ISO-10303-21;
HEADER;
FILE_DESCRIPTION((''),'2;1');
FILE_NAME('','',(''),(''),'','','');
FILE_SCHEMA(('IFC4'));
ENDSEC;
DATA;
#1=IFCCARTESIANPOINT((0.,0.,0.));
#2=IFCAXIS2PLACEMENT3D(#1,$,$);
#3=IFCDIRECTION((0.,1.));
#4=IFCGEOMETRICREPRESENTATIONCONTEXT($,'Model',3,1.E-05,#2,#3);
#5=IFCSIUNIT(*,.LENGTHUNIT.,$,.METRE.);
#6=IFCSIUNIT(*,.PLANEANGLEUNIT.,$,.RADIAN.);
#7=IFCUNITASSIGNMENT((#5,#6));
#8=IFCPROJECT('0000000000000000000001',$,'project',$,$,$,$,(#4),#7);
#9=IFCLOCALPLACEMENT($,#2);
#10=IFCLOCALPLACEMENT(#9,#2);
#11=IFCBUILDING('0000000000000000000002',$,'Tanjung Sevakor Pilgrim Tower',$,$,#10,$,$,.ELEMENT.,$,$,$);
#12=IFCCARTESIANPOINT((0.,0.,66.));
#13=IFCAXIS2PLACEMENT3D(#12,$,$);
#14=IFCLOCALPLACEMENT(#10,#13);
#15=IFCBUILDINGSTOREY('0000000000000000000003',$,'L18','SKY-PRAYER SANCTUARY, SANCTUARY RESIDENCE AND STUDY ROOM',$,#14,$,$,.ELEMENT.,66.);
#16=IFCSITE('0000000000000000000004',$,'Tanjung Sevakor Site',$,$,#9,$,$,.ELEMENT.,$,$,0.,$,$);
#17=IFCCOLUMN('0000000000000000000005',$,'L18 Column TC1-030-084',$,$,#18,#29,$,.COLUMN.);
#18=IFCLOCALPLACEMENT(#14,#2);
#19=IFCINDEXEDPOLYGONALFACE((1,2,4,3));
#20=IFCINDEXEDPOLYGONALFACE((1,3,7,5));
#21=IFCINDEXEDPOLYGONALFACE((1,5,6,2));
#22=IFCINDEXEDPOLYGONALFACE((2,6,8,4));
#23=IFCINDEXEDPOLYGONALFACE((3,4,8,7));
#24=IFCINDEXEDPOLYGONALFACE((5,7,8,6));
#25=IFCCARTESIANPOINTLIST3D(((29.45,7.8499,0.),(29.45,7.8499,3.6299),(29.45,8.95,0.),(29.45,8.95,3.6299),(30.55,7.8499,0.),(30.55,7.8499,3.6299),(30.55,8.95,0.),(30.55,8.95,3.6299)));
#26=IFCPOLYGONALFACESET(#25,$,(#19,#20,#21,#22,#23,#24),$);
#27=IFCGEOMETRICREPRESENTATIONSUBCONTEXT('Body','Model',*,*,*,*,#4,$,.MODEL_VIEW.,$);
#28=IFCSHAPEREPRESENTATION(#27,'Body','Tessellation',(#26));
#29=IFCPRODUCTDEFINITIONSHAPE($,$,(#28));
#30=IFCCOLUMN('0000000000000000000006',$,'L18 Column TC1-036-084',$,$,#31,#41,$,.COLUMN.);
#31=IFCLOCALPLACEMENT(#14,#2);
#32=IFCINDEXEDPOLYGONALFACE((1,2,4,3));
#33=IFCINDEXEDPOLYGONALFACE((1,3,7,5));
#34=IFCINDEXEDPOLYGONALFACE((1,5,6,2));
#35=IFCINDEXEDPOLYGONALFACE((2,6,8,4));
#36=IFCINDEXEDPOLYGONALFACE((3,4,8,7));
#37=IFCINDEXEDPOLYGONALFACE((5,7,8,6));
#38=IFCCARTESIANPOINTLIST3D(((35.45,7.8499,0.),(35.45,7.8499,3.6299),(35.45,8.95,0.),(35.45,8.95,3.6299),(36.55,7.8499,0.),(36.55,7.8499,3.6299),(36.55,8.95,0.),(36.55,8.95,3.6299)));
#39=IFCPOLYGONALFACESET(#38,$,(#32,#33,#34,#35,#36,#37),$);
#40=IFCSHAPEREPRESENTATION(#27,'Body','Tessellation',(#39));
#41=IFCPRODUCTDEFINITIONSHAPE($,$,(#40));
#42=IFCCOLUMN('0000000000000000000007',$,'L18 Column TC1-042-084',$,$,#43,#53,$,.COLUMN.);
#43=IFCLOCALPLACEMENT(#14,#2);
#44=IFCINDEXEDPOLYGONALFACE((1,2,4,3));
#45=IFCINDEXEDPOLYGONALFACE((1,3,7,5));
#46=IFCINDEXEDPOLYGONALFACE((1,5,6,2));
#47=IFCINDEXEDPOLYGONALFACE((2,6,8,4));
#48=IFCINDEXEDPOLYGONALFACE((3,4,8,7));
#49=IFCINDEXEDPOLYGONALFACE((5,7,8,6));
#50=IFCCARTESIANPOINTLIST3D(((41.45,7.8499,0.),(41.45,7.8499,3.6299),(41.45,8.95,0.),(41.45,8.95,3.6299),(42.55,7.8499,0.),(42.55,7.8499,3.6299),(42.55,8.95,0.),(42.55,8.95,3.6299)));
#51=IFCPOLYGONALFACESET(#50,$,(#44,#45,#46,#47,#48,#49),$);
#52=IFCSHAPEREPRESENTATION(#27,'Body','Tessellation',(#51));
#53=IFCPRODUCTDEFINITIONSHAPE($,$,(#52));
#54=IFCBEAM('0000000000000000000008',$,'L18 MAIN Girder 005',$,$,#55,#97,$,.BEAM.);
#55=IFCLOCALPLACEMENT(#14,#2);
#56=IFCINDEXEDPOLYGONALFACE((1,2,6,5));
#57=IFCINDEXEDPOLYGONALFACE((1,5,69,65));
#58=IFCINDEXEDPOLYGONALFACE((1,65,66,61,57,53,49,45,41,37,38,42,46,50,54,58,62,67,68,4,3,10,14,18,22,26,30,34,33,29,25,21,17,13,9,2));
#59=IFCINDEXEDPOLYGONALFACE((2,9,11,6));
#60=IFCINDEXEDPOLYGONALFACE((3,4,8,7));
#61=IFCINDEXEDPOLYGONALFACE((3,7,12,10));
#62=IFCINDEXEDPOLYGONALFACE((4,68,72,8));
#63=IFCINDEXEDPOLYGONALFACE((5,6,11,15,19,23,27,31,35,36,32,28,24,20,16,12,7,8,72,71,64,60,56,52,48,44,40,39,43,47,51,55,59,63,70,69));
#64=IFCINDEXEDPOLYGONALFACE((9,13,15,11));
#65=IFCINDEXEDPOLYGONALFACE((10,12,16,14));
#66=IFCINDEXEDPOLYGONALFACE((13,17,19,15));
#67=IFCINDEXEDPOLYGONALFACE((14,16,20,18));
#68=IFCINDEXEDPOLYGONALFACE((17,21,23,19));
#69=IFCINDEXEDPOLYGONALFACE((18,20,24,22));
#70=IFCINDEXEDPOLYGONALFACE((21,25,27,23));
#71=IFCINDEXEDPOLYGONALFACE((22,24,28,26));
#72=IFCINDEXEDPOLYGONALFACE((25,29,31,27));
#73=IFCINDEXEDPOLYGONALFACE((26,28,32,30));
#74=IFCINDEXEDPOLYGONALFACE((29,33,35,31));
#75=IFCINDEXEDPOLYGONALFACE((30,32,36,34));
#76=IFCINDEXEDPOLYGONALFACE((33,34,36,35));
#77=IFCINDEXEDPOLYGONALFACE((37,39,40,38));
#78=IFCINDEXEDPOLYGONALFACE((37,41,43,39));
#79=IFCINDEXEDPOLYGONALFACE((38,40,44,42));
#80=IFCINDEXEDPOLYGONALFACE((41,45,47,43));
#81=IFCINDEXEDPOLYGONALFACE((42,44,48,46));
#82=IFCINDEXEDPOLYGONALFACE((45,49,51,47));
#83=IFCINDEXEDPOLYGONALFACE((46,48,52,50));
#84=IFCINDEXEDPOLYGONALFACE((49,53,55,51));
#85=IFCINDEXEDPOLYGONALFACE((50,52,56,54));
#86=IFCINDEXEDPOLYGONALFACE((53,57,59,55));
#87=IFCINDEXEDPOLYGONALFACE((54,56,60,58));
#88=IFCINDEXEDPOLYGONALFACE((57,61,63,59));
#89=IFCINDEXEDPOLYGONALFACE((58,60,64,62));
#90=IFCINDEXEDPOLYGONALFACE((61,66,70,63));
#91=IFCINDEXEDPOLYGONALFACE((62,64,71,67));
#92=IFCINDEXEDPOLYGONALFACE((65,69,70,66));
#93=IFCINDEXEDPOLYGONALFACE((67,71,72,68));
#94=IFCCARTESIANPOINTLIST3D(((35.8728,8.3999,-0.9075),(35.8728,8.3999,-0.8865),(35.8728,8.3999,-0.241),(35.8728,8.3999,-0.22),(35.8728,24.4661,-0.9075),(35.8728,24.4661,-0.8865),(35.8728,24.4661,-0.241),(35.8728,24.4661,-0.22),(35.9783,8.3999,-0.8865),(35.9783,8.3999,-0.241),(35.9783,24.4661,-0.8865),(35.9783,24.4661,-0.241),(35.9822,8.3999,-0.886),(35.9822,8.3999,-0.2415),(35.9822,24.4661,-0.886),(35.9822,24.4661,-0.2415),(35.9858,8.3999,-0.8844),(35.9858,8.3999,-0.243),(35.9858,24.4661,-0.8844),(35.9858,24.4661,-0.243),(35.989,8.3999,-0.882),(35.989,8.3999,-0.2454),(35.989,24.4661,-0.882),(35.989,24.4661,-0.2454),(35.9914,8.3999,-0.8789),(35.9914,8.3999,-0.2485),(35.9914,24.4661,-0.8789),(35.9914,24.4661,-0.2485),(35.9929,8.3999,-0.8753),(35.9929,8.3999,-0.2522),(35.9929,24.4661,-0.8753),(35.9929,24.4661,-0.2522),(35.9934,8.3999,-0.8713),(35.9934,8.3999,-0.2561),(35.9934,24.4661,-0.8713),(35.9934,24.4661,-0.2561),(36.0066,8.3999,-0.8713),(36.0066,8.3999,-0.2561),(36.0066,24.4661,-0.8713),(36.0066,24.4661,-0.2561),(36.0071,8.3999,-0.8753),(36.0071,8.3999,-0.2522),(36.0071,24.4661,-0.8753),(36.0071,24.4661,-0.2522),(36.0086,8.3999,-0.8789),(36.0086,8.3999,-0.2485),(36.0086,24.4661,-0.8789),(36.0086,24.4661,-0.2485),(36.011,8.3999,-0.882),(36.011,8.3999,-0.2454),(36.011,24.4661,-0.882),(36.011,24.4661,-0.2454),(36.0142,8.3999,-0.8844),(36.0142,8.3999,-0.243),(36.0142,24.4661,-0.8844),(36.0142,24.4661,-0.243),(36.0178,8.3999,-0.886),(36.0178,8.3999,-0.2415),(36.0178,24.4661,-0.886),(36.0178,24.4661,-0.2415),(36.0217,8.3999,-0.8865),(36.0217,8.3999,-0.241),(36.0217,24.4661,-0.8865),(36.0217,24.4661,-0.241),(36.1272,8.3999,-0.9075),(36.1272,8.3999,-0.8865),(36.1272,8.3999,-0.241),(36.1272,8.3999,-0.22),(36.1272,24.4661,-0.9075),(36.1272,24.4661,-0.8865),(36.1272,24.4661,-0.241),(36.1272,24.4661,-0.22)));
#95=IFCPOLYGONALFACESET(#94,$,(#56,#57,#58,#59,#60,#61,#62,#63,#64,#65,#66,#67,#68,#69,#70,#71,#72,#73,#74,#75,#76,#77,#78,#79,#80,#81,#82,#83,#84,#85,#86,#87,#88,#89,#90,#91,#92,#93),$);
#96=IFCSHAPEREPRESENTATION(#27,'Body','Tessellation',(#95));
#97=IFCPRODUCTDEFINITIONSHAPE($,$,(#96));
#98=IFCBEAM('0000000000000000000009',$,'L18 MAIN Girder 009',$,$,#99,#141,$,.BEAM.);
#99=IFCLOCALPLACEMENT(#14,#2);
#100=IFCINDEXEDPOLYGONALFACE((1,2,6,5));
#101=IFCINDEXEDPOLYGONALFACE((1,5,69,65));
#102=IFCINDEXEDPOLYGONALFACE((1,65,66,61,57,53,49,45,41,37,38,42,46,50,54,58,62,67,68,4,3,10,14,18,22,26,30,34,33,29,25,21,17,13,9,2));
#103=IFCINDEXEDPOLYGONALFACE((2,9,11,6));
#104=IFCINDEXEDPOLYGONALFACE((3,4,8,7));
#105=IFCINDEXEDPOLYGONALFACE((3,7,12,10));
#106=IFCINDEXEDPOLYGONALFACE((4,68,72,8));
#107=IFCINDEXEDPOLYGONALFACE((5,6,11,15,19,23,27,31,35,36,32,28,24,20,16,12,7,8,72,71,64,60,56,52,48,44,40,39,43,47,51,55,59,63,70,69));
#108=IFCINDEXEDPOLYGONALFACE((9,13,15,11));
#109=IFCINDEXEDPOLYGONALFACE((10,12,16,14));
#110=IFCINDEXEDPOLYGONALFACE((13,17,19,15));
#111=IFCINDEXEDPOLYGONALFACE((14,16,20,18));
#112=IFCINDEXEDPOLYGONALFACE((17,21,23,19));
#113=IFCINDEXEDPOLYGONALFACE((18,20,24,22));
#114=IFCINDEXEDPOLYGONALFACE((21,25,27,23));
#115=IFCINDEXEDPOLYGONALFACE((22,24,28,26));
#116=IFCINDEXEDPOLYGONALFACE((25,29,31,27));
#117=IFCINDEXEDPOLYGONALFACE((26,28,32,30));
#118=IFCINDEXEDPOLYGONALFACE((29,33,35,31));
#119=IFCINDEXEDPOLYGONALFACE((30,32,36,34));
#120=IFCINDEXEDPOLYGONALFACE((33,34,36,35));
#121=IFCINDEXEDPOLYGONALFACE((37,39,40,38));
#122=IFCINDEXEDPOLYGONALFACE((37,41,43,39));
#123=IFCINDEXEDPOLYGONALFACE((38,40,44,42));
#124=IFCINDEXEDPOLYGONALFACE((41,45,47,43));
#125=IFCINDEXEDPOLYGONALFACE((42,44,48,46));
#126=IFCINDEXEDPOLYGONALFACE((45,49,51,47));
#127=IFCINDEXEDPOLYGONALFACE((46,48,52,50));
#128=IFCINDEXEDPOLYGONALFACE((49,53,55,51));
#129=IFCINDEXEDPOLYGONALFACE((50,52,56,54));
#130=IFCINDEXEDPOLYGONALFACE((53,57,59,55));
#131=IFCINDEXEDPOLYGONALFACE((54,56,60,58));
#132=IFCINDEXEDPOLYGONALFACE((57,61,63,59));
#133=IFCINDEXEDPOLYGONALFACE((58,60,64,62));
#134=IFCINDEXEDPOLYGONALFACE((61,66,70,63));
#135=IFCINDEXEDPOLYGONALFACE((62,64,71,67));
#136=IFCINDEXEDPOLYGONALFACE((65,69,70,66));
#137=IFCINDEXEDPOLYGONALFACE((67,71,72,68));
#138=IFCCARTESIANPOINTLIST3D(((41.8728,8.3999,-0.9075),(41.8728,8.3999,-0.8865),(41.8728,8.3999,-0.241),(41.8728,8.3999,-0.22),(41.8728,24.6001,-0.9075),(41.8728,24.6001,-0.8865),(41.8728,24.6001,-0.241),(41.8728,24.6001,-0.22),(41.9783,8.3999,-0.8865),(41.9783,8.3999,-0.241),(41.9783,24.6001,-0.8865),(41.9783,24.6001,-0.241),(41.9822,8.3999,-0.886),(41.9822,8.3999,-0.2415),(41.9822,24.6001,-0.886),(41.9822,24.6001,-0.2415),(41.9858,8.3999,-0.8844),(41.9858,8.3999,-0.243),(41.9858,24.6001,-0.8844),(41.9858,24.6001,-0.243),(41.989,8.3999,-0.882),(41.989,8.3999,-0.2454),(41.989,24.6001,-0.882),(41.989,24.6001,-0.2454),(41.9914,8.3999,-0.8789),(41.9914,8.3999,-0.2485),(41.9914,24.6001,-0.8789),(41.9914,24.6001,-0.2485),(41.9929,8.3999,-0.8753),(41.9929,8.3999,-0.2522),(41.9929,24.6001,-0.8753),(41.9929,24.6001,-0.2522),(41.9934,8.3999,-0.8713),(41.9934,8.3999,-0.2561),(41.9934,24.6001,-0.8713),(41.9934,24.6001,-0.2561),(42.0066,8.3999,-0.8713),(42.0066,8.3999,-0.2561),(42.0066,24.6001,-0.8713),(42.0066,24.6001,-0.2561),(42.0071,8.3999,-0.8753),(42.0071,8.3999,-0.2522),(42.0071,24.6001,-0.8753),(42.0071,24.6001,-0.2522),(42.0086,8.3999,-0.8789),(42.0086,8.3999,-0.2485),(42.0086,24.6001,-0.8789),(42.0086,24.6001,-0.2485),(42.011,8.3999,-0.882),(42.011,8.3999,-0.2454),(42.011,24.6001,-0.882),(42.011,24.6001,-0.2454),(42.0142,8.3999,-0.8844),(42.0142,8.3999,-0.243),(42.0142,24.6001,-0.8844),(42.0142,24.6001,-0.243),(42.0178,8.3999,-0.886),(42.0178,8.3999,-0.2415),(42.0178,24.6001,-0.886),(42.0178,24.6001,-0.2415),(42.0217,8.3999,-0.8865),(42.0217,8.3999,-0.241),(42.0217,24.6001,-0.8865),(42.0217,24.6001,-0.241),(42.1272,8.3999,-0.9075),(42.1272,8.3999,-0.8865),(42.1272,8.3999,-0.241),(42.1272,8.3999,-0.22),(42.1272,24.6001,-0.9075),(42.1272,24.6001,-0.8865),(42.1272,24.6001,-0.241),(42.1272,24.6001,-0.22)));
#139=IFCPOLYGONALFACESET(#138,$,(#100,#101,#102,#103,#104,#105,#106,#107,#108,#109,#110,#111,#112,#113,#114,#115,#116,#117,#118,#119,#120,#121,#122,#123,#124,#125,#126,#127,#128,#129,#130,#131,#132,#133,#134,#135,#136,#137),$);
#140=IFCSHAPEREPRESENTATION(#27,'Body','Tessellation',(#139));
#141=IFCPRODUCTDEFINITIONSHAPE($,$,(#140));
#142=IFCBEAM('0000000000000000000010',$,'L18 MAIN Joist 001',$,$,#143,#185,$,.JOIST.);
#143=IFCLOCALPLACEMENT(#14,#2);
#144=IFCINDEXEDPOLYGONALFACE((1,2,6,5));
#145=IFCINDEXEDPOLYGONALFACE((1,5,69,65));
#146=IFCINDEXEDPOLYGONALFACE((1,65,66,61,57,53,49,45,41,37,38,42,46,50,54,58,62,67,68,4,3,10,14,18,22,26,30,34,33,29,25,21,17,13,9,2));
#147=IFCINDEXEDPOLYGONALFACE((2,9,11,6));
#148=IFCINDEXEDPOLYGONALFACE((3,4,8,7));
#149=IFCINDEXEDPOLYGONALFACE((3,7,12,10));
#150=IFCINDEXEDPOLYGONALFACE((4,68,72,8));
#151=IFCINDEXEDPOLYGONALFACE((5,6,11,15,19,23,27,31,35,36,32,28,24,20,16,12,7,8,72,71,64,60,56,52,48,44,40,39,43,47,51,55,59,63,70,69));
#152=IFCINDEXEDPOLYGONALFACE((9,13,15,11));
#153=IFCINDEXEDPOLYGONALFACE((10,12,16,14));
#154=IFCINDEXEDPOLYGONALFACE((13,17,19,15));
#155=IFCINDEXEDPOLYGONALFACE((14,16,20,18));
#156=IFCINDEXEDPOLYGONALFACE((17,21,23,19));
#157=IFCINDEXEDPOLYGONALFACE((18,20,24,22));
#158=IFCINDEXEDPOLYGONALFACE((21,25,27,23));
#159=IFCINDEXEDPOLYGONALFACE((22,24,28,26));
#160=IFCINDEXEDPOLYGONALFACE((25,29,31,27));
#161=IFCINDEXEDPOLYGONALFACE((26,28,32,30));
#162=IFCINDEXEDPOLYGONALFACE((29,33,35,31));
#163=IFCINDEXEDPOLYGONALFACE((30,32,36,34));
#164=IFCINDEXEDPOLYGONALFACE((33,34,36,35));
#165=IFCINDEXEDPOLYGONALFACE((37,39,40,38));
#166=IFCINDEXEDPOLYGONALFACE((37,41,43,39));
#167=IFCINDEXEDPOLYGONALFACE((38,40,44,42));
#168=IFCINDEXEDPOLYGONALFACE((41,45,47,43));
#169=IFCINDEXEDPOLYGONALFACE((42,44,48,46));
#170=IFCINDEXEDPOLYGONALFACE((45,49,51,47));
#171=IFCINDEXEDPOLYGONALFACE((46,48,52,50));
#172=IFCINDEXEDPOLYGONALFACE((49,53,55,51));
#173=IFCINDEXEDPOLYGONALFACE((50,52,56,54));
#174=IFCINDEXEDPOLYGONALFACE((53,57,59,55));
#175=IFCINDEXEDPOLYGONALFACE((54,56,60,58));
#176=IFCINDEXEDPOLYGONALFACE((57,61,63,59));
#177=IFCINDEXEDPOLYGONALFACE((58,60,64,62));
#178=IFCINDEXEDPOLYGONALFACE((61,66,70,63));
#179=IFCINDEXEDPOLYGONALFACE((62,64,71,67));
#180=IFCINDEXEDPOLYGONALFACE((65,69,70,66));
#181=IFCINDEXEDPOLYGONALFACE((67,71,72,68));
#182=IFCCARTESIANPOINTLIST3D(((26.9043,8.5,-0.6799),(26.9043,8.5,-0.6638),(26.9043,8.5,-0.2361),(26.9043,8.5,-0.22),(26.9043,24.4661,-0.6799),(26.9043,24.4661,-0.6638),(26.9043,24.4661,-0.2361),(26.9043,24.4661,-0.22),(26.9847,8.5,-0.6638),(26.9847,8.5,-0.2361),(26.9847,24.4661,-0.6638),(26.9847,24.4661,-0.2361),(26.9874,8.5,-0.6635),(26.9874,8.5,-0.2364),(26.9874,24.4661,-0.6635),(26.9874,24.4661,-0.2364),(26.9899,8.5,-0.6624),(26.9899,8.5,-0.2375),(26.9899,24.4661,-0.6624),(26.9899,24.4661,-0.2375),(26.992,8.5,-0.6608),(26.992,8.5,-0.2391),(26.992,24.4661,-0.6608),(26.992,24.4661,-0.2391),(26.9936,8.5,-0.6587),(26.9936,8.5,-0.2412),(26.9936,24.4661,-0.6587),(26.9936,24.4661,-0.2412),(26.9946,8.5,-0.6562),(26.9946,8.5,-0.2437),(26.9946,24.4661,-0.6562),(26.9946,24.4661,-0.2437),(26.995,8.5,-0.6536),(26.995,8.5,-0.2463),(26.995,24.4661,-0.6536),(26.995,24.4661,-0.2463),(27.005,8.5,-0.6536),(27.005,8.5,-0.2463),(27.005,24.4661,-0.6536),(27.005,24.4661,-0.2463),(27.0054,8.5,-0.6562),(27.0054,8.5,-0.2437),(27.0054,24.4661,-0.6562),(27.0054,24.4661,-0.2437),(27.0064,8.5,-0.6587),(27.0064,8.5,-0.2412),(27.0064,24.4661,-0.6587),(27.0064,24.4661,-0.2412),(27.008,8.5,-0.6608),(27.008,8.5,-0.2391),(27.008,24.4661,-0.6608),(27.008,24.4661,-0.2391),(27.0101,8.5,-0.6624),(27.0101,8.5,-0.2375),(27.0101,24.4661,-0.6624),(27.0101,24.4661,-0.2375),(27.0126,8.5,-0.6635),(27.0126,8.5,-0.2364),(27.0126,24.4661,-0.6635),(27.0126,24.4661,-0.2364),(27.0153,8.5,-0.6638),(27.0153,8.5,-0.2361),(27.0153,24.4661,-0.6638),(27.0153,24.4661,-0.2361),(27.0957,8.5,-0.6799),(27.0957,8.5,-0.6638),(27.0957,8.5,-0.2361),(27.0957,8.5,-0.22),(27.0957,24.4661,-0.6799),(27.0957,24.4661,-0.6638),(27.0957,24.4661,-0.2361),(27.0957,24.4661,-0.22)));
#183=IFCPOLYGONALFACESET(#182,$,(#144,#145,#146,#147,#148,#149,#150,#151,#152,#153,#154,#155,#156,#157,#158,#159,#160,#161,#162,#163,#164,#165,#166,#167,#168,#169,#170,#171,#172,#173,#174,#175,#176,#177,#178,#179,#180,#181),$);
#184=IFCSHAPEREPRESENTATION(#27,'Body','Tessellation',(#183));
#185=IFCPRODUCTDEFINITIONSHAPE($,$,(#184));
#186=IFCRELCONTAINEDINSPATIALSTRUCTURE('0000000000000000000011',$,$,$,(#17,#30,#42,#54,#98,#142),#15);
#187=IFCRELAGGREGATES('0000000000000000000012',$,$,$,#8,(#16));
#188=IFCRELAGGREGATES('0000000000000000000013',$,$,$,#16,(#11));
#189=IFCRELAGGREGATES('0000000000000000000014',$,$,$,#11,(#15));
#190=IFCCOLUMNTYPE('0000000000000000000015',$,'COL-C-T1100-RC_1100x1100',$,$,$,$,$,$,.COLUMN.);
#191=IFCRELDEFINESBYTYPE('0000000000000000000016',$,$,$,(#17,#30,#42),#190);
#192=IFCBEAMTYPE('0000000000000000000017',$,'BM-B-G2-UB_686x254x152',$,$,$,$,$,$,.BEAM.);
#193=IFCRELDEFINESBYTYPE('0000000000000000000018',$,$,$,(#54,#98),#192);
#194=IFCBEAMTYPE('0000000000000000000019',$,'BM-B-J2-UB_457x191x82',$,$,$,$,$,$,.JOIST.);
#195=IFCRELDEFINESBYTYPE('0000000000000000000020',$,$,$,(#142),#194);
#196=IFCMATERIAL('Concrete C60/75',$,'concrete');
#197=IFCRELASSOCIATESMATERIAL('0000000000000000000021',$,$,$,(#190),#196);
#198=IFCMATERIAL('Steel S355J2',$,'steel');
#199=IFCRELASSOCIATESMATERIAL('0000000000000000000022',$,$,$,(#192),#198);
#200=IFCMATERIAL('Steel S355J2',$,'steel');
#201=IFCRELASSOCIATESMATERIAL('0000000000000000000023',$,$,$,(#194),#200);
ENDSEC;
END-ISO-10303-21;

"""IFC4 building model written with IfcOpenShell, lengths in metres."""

from ifc_helpers import new_model, si_unit, direction, frame, origin, origin_2d, place, context, subcontext, project, spatial, rectangle, i_section, extrude, material, material_profile, profile_set, type_object, element, save


model = new_model("IFC4")

# Units and contexts
model_context = context("Model", 3, precision=1e-05, world=origin(), true_north=direction((0.0, 1.0)))
body_context = subcontext(model_context, "Body", "Model", "MODEL_VIEW")
ifc_project = project(units=[si_unit("LENGTHUNIT", "METRE"), si_unit("PLANEANGLEUNIT", "RADIAN")], contexts=[model_context])

# Site, building, storey
site_placement = place(None, origin())
site = spatial("IfcSite", under=ifc_project, at=site_placement, Name="Tanjung Sevakor Site", CompositionType="ELEMENT", RefElevation=0.0)
building_placement = place(site_placement, origin())
building = spatial("IfcBuilding", under=site, at=building_placement, Name="Tanjung Sevakor Pilgrim Tower", CompositionType="ELEMENT")
storey_placement = place(building_placement, frame((0.0, 0.0, 66.0)))
storey = spatial("IfcBuildingStorey", under=building, at=storey_placement, Name="L18", Description="SKY-PRAYER SANCTUARY, SANCTUARY RESIDENCE AND STUDY ROOM", CompositionType="ELEMENT", Elevation=66.0)

# Columns
ifc_material_1 = material(Name="Concrete C60/75", Category="concrete")
ifc_material_profile_1 = material_profile(ifc_material_1, rectangle(XDim=1.1001, YDim=1.1001, at=origin_2d()))
ifc_profile_set_1 = profile_set([ifc_material_profile_1], Name="Concrete C60/75")
column_type = type_object("IfcColumnType", Name="COL-C-T1100-RC_1100x1100", PredefinedType="COLUMN", material=ifc_profile_set_1)
for number, where, z_axis, x_axis, name in (
    (1, (30.0, 8.3999, 0.0), (0.0, 0.0, 1.0), (1.0, 0.0, 0.0), "L18 Column TC1-030-084"),
    (2, (36.0, 8.3999, 0.0), (0.0, 0.0, 1.0), (1.0, 0.0, 0.0), "L18 Column TC1-036-084"),
    (3, (42.0, 8.3999, 0.0), (0.0, 0.0, 1.0), (1.0, 0.0, 0.0), "L18 Column TC1-042-084"),
):
    element("IfcColumn", number, at=place(storey_placement, frame(where, z_axis=z_axis, x_axis=x_axis)), inside=storey, type_object=column_type, Name=name, PredefinedType="COLUMN", context=body_context, shape_type="SweptSolid", body=[
        extrude(rectangle(XDim=1.1001, YDim=1.1001, at=origin_2d()), origin(), (0.0, 0.0, 1.0), 3.6299),
    ])

# Beams
ifc_material_2 = material(Name="Steel S355J2", Category="steel")
ifc_material_profile_2 = material_profile(ifc_material_2, i_section(OverallWidth=0.2544, OverallDepth=0.6875, WebThickness=0.0132, FlangeThickness=0.021, FilletRadius=0.0151, at=origin_2d()))
ifc_profile_set_2 = profile_set([ifc_material_profile_2], Name="Steel S355J2")
beam_type_1 = type_object("IfcBeamType", Name="BM-B-G2-UB_686x254x152", PredefinedType="BEAM", material=ifc_profile_set_2)
beam_1_placement = place(storey_placement, frame((36.0, 8.3999, -0.5637), z_axis=(0.0, 1.0, 0.0), x_axis=(-1.0, 0.0, 0.0)))
element("IfcBeam", 4, at=beam_1_placement, inside=storey, type_object=beam_type_1, Name="L18 MAIN Girder 005", PredefinedType="BEAM", context=body_context, shape_type="SweptSolid", body=[
    extrude(i_section(OverallWidth=0.2544, OverallDepth=0.6875, WebThickness=0.0132, FlangeThickness=0.021, FilletRadius=0.0151, at=origin_2d()), origin(), (0.0, 0.0, 1.0), 16.0662),
])
beam_2_placement = place(storey_placement, frame((42.0, 8.3999, -0.5637), z_axis=(0.0, 1.0, 0.0), x_axis=(-1.0, 0.0, 0.0)))
element("IfcBeam", 5, at=beam_2_placement, inside=storey, type_object=beam_type_1, Name="L18 MAIN Girder 009", PredefinedType="BEAM", context=body_context, shape_type="SweptSolid", body=[
    extrude(i_section(OverallWidth=0.2544, OverallDepth=0.6875, WebThickness=0.0132, FlangeThickness=0.021, FilletRadius=0.0151, at=origin_2d()), origin(), (0.0, 0.0, 1.0), 16.2002),
])
ifc_material_3 = material(Name="Steel S355J2", Category="steel")
ifc_material_profile_3 = material_profile(ifc_material_3, i_section(OverallWidth=0.1914, OverallDepth=0.46, WebThickness=0.01, FlangeThickness=0.0161, FilletRadius=0.0103, at=origin_2d()))
ifc_profile_set_3 = profile_set([ifc_material_profile_3], Name="Steel S355J2")
beam_type_2 = type_object("IfcBeamType", Name="BM-B-J2-UB_457x191x82", PredefinedType="JOIST", material=ifc_profile_set_3)
for number, where, z_axis, x_axis, name in (
    (6, (27.0, 8.5, -0.45), (0.0, 1.0, 0.0), (-1.0, 0.0, 0.0), "L18 MAIN Joist 001"),
):
    element("IfcBeam", number, at=place(storey_placement, frame(where, z_axis=z_axis, x_axis=x_axis)), inside=storey, type_object=beam_type_2, Name=name, PredefinedType="JOIST", context=body_context, shape_type="SweptSolid", body=[
        extrude(i_section(OverallWidth=0.1914, OverallDepth=0.46, WebThickness=0.01, FlangeThickness=0.0161, FilletRadius=0.0103, at=origin_2d()), origin(), (0.0, 0.0, 1.0), 15.9661),
    ])

save(model, "model.ifc")
